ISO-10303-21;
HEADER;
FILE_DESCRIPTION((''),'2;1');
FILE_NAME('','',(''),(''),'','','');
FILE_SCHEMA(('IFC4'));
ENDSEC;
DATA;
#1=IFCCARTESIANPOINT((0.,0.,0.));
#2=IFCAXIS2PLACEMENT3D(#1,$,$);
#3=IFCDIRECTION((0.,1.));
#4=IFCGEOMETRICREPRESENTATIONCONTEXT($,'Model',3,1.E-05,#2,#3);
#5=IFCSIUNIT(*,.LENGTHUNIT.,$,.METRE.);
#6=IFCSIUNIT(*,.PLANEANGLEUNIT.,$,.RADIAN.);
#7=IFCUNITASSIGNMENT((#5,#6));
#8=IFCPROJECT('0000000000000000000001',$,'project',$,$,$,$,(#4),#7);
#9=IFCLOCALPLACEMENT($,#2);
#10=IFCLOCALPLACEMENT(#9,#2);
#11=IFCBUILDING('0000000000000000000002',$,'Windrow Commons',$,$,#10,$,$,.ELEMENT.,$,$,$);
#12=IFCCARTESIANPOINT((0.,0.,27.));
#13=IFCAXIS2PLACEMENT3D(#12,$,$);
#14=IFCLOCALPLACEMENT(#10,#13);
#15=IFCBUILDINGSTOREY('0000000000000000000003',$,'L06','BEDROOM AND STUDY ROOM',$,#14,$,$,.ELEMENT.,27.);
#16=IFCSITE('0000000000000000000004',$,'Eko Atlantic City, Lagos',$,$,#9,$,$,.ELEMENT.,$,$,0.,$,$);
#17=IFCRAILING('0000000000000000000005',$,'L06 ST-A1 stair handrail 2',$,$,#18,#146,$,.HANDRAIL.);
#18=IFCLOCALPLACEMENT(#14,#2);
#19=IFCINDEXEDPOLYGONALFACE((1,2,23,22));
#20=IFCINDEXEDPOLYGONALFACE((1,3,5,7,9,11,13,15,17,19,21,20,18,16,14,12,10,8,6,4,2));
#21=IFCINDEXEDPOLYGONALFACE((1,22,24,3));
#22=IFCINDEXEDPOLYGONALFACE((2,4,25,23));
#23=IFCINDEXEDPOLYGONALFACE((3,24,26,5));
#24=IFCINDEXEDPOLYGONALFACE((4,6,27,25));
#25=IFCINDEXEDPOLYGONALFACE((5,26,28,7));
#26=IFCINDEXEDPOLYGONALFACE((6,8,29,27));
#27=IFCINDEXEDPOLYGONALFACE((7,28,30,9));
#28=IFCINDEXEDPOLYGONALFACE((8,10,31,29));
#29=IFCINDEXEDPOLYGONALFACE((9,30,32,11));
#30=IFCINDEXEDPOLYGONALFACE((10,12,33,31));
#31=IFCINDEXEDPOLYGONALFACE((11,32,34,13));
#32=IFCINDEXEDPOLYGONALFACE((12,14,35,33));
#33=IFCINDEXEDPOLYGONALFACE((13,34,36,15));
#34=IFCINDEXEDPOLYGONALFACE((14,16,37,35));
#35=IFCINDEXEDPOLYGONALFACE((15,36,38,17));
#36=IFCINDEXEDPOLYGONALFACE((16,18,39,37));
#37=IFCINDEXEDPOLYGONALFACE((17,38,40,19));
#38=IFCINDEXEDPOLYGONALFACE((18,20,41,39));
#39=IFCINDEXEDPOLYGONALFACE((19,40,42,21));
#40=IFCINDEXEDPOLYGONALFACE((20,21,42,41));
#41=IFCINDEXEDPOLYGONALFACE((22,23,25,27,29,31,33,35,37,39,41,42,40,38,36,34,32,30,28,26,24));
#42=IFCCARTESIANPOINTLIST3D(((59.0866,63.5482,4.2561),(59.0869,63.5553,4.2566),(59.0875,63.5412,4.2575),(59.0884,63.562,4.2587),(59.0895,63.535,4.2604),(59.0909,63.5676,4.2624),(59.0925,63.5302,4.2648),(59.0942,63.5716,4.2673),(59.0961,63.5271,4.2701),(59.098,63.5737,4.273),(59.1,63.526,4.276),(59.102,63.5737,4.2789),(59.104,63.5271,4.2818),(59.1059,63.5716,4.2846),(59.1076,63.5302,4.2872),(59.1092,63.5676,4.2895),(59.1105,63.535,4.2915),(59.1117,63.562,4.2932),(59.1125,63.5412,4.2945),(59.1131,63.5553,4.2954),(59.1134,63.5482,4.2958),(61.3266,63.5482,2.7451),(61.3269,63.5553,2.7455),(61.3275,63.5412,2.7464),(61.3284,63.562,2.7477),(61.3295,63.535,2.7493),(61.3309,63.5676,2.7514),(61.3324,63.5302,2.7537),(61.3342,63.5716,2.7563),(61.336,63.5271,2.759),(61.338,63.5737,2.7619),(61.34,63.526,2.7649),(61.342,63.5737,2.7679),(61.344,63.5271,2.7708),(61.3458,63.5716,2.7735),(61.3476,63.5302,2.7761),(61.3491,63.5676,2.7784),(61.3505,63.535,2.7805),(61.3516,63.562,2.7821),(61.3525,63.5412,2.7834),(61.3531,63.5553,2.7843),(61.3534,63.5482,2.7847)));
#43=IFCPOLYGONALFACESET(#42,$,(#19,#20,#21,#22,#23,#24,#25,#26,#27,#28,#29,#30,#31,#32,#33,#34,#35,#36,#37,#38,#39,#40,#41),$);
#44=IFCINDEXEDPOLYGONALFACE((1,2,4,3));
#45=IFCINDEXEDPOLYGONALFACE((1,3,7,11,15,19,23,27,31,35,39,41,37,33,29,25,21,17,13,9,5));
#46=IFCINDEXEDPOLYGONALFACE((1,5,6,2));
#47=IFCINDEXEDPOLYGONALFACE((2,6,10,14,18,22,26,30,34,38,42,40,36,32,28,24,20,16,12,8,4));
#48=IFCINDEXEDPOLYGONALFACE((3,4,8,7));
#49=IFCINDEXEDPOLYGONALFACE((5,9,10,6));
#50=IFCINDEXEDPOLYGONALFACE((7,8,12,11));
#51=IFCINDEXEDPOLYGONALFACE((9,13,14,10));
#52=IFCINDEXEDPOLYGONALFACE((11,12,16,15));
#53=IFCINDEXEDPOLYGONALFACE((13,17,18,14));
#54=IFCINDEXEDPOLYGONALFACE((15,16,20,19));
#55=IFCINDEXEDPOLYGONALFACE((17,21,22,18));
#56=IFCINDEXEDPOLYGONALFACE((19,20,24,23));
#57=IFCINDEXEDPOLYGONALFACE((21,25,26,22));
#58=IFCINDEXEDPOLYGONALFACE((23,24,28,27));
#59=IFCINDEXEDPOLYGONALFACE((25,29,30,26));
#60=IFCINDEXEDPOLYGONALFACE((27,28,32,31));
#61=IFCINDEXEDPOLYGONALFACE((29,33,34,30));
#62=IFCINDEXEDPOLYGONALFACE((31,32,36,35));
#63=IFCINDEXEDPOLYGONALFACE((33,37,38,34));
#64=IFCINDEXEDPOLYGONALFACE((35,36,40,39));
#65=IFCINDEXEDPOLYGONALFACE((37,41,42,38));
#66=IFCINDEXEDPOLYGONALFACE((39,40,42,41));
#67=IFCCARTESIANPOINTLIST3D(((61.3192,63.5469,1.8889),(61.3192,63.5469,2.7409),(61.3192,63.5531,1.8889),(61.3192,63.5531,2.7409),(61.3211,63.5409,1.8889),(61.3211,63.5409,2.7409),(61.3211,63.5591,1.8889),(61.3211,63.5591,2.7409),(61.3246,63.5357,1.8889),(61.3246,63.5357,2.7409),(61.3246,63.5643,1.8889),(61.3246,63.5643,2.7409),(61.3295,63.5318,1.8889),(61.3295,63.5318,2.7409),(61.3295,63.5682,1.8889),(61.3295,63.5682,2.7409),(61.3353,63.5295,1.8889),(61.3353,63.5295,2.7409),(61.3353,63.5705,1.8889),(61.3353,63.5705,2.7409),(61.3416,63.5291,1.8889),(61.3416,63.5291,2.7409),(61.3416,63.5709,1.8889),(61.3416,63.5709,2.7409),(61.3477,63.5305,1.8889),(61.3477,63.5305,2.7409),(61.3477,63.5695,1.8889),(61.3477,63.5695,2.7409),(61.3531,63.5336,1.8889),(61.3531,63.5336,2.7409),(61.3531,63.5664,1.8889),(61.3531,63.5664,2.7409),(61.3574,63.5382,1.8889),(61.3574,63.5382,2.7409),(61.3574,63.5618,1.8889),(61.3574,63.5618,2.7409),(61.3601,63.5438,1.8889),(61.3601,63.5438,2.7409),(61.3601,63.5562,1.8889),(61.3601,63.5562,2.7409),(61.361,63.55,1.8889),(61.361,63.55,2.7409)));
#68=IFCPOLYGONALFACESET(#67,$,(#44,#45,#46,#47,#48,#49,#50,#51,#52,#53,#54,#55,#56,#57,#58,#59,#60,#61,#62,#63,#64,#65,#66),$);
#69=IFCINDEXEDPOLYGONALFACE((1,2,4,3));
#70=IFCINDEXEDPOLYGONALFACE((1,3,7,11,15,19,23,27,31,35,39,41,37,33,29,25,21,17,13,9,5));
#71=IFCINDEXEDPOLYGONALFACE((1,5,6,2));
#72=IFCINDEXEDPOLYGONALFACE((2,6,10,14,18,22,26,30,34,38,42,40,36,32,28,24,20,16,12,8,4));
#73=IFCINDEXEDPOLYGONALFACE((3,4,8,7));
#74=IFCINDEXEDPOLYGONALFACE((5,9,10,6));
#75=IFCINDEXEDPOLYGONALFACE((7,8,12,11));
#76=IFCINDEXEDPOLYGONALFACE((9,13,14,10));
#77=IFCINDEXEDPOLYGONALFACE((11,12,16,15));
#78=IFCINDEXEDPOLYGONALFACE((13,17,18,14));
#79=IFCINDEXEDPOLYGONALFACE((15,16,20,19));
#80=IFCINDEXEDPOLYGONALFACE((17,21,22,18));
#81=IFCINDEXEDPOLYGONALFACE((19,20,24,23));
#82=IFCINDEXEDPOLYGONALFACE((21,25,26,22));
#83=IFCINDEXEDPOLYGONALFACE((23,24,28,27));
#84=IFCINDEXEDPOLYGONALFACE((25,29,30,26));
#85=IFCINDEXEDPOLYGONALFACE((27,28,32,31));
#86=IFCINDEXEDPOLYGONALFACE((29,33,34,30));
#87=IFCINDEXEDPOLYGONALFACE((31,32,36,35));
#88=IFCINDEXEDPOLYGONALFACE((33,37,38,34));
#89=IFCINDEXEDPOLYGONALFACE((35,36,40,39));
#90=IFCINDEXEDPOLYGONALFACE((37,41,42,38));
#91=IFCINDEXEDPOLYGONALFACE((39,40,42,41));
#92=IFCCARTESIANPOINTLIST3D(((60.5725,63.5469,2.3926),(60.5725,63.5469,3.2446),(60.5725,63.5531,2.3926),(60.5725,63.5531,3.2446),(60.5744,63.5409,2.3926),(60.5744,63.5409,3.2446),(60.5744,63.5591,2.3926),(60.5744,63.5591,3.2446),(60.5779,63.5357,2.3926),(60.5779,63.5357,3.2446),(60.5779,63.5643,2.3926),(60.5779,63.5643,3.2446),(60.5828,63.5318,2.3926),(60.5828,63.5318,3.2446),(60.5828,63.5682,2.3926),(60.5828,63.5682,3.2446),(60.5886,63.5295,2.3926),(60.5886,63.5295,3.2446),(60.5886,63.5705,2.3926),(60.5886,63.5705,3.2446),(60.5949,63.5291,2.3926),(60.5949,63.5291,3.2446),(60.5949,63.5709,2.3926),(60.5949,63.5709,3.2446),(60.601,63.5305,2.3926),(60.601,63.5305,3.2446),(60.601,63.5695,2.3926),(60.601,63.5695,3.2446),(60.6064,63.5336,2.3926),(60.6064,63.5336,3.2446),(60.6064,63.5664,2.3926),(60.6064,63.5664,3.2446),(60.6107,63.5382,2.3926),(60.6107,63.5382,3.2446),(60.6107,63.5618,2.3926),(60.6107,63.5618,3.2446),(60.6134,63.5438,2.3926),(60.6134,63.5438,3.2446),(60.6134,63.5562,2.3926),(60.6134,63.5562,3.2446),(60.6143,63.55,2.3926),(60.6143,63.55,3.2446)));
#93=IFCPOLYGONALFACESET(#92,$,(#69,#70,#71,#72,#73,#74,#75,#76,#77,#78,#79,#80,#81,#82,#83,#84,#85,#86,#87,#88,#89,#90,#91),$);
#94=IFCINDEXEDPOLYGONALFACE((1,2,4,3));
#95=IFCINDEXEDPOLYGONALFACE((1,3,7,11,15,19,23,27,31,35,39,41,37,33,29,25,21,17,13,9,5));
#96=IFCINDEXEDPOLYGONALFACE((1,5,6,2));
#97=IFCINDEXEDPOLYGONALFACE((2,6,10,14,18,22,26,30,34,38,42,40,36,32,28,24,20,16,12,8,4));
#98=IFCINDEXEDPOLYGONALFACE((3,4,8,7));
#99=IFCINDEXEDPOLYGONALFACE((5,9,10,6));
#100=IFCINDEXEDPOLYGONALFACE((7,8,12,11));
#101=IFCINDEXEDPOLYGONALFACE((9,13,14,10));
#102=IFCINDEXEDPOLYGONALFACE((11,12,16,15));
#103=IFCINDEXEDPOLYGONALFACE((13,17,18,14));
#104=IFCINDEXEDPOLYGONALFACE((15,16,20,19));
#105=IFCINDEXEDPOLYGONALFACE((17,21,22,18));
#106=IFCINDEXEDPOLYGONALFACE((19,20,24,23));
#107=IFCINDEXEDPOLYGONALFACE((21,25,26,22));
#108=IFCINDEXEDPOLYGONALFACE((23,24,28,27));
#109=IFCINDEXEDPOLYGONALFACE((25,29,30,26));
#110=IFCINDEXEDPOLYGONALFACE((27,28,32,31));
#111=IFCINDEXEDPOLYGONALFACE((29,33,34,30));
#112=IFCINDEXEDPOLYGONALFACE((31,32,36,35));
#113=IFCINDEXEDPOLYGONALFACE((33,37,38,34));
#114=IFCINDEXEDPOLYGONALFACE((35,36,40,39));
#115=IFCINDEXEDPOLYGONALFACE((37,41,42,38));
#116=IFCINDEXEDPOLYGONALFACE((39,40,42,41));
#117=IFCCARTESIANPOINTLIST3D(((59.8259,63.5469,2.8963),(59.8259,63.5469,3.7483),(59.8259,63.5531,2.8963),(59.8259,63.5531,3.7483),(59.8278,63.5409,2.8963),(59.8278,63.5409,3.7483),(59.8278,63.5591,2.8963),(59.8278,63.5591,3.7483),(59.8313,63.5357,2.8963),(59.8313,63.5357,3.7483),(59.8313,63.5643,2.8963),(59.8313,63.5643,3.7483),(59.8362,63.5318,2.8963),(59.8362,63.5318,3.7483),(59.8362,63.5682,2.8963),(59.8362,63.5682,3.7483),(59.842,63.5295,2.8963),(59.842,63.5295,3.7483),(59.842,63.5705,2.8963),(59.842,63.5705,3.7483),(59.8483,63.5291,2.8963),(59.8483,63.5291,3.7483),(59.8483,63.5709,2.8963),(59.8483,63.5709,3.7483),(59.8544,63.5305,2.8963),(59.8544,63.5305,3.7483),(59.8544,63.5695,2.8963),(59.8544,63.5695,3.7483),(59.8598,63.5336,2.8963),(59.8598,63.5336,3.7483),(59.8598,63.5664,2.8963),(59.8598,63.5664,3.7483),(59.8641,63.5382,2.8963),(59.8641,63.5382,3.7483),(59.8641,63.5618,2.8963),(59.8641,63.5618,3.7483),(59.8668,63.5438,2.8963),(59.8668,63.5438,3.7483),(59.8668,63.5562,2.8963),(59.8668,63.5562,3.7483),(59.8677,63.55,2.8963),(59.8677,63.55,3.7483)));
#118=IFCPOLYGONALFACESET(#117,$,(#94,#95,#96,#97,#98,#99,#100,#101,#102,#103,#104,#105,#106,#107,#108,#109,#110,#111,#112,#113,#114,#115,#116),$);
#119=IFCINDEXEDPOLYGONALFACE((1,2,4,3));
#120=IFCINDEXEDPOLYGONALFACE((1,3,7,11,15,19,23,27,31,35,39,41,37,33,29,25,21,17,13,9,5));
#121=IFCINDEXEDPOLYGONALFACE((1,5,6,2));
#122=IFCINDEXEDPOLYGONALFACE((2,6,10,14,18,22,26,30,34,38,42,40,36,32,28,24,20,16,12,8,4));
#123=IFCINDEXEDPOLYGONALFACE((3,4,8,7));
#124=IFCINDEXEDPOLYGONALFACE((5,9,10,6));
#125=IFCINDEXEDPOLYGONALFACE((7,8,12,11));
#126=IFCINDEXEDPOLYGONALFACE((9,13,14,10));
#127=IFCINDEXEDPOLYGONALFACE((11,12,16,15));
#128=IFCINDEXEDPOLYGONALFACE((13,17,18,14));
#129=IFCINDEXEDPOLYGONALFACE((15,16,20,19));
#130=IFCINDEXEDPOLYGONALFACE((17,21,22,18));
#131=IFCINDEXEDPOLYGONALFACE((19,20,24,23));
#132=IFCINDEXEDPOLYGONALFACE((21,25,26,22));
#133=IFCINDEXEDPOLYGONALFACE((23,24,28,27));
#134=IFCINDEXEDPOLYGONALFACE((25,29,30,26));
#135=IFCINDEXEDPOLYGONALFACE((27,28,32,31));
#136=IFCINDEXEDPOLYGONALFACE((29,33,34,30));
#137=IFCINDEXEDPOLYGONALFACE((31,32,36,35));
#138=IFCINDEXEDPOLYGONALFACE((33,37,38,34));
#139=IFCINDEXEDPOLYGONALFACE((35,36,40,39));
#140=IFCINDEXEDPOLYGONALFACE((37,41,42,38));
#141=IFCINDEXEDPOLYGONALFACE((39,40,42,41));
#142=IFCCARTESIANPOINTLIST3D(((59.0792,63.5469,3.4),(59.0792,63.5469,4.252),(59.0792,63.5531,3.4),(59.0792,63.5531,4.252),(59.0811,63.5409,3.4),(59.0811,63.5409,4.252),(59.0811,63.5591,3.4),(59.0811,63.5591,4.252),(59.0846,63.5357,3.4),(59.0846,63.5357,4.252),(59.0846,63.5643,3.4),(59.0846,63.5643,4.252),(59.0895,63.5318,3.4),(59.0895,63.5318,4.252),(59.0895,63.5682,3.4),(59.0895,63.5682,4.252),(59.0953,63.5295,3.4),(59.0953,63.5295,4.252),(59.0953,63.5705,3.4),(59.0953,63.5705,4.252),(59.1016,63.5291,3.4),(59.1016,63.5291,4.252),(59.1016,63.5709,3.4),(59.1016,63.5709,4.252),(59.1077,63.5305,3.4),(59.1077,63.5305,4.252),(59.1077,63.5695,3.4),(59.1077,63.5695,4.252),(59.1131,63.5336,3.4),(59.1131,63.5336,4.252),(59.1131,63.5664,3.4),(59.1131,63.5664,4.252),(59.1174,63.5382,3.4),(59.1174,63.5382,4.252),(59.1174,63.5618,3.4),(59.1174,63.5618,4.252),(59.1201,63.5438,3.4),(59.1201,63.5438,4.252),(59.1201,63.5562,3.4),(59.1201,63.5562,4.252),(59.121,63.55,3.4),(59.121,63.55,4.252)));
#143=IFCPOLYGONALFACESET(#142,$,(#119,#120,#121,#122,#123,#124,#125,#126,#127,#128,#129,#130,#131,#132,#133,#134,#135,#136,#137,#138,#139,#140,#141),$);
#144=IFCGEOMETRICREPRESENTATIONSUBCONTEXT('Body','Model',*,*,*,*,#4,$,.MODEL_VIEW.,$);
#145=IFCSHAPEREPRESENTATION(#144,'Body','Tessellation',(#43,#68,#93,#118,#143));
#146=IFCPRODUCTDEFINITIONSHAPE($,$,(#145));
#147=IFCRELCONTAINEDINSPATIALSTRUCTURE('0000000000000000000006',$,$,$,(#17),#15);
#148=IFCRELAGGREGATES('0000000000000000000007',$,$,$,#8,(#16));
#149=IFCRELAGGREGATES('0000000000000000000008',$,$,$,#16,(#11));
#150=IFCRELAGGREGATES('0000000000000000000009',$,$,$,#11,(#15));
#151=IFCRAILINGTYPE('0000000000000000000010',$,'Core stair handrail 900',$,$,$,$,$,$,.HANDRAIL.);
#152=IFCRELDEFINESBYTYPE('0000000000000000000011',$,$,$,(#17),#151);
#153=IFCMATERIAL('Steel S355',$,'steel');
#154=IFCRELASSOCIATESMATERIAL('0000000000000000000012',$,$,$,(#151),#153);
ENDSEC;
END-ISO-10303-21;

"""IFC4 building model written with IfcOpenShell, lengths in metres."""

from ifc_helpers import new_model, si_unit, direction, frame, origin, origin_2d, place, context, subcontext, project, spatial, circle, extrude, material, type_object, element, save


model = new_model("IFC4")

# Units and contexts
model_context = context("Model", 3, precision=1e-05, world=origin(), true_north=direction((0.0, 1.0)))
body_context = subcontext(model_context, "Body", "Model", "MODEL_VIEW")
ifc_project = project(units=[si_unit("LENGTHUNIT", "METRE"), si_unit("PLANEANGLEUNIT", "RADIAN")], contexts=[model_context])

# Site, building, storey
site_placement = place(None, origin())
site = spatial("IfcSite", under=ifc_project, at=site_placement, Name="Eko Atlantic City, Lagos", CompositionType="ELEMENT", RefElevation=0.0)
building_placement = place(site_placement, origin())
building = spatial("IfcBuilding", under=site, at=building_placement, Name="Windrow Commons", CompositionType="ELEMENT")
storey_placement = place(building_placement, frame((0.0, 0.0, 27.0)))
storey = spatial("IfcBuildingStorey", under=building, at=storey_placement, Name="L06", Description="BEDROOM AND STUDY ROOM", CompositionType="ELEMENT", Elevation=27.0)

# Railing
ifc_material_1 = material(Name="Steel S355", Category="steel")
railing_type_1 = type_object("IfcRailingType", Name="Core stair handrail 900", PredefinedType="HANDRAIL", material=ifc_material_1)
for number, where, name in (
    (1, (61.34, 63.55, 1.8889), "L06 ST-A1 stair handrail 2"),
):
    element("IfcRailing", number, at=place(storey_placement, frame(where)), inside=storey, type_object=railing_type_1, Name=name, PredefinedType="HANDRAIL", context=body_context, shape_type="SweptSolid", body=[
        extrude(circle(Radius=0.024, at=origin_2d()), frame((0.0, 0.0, 0.876), z_axis=(-0.829003, 0.0, 0.559244), x_axis=(0.0, -1.0, 0.0)), (0.0, 0.0, 1.0), 2.702),
        extrude(circle(Radius=0.021, at=origin_2d()), origin(), (0.0, 0.0, 1.0), 0.852),
        extrude(circle(Radius=0.021, at=origin_2d()), frame((-0.7467, 0.0, 0.5037)), (0.0, 0.0, 1.0), 0.852),
        extrude(circle(Radius=0.021, at=origin_2d()), frame((-1.4933, 0.0, 1.0074)), (0.0, 0.0, 1.0), 0.852),
        extrude(circle(Radius=0.021, at=origin_2d()), frame((-2.24, 0.0, 1.5111)), (0.0, 0.0, 1.0), 0.852),
    ])

save(model, "model.ifc")
